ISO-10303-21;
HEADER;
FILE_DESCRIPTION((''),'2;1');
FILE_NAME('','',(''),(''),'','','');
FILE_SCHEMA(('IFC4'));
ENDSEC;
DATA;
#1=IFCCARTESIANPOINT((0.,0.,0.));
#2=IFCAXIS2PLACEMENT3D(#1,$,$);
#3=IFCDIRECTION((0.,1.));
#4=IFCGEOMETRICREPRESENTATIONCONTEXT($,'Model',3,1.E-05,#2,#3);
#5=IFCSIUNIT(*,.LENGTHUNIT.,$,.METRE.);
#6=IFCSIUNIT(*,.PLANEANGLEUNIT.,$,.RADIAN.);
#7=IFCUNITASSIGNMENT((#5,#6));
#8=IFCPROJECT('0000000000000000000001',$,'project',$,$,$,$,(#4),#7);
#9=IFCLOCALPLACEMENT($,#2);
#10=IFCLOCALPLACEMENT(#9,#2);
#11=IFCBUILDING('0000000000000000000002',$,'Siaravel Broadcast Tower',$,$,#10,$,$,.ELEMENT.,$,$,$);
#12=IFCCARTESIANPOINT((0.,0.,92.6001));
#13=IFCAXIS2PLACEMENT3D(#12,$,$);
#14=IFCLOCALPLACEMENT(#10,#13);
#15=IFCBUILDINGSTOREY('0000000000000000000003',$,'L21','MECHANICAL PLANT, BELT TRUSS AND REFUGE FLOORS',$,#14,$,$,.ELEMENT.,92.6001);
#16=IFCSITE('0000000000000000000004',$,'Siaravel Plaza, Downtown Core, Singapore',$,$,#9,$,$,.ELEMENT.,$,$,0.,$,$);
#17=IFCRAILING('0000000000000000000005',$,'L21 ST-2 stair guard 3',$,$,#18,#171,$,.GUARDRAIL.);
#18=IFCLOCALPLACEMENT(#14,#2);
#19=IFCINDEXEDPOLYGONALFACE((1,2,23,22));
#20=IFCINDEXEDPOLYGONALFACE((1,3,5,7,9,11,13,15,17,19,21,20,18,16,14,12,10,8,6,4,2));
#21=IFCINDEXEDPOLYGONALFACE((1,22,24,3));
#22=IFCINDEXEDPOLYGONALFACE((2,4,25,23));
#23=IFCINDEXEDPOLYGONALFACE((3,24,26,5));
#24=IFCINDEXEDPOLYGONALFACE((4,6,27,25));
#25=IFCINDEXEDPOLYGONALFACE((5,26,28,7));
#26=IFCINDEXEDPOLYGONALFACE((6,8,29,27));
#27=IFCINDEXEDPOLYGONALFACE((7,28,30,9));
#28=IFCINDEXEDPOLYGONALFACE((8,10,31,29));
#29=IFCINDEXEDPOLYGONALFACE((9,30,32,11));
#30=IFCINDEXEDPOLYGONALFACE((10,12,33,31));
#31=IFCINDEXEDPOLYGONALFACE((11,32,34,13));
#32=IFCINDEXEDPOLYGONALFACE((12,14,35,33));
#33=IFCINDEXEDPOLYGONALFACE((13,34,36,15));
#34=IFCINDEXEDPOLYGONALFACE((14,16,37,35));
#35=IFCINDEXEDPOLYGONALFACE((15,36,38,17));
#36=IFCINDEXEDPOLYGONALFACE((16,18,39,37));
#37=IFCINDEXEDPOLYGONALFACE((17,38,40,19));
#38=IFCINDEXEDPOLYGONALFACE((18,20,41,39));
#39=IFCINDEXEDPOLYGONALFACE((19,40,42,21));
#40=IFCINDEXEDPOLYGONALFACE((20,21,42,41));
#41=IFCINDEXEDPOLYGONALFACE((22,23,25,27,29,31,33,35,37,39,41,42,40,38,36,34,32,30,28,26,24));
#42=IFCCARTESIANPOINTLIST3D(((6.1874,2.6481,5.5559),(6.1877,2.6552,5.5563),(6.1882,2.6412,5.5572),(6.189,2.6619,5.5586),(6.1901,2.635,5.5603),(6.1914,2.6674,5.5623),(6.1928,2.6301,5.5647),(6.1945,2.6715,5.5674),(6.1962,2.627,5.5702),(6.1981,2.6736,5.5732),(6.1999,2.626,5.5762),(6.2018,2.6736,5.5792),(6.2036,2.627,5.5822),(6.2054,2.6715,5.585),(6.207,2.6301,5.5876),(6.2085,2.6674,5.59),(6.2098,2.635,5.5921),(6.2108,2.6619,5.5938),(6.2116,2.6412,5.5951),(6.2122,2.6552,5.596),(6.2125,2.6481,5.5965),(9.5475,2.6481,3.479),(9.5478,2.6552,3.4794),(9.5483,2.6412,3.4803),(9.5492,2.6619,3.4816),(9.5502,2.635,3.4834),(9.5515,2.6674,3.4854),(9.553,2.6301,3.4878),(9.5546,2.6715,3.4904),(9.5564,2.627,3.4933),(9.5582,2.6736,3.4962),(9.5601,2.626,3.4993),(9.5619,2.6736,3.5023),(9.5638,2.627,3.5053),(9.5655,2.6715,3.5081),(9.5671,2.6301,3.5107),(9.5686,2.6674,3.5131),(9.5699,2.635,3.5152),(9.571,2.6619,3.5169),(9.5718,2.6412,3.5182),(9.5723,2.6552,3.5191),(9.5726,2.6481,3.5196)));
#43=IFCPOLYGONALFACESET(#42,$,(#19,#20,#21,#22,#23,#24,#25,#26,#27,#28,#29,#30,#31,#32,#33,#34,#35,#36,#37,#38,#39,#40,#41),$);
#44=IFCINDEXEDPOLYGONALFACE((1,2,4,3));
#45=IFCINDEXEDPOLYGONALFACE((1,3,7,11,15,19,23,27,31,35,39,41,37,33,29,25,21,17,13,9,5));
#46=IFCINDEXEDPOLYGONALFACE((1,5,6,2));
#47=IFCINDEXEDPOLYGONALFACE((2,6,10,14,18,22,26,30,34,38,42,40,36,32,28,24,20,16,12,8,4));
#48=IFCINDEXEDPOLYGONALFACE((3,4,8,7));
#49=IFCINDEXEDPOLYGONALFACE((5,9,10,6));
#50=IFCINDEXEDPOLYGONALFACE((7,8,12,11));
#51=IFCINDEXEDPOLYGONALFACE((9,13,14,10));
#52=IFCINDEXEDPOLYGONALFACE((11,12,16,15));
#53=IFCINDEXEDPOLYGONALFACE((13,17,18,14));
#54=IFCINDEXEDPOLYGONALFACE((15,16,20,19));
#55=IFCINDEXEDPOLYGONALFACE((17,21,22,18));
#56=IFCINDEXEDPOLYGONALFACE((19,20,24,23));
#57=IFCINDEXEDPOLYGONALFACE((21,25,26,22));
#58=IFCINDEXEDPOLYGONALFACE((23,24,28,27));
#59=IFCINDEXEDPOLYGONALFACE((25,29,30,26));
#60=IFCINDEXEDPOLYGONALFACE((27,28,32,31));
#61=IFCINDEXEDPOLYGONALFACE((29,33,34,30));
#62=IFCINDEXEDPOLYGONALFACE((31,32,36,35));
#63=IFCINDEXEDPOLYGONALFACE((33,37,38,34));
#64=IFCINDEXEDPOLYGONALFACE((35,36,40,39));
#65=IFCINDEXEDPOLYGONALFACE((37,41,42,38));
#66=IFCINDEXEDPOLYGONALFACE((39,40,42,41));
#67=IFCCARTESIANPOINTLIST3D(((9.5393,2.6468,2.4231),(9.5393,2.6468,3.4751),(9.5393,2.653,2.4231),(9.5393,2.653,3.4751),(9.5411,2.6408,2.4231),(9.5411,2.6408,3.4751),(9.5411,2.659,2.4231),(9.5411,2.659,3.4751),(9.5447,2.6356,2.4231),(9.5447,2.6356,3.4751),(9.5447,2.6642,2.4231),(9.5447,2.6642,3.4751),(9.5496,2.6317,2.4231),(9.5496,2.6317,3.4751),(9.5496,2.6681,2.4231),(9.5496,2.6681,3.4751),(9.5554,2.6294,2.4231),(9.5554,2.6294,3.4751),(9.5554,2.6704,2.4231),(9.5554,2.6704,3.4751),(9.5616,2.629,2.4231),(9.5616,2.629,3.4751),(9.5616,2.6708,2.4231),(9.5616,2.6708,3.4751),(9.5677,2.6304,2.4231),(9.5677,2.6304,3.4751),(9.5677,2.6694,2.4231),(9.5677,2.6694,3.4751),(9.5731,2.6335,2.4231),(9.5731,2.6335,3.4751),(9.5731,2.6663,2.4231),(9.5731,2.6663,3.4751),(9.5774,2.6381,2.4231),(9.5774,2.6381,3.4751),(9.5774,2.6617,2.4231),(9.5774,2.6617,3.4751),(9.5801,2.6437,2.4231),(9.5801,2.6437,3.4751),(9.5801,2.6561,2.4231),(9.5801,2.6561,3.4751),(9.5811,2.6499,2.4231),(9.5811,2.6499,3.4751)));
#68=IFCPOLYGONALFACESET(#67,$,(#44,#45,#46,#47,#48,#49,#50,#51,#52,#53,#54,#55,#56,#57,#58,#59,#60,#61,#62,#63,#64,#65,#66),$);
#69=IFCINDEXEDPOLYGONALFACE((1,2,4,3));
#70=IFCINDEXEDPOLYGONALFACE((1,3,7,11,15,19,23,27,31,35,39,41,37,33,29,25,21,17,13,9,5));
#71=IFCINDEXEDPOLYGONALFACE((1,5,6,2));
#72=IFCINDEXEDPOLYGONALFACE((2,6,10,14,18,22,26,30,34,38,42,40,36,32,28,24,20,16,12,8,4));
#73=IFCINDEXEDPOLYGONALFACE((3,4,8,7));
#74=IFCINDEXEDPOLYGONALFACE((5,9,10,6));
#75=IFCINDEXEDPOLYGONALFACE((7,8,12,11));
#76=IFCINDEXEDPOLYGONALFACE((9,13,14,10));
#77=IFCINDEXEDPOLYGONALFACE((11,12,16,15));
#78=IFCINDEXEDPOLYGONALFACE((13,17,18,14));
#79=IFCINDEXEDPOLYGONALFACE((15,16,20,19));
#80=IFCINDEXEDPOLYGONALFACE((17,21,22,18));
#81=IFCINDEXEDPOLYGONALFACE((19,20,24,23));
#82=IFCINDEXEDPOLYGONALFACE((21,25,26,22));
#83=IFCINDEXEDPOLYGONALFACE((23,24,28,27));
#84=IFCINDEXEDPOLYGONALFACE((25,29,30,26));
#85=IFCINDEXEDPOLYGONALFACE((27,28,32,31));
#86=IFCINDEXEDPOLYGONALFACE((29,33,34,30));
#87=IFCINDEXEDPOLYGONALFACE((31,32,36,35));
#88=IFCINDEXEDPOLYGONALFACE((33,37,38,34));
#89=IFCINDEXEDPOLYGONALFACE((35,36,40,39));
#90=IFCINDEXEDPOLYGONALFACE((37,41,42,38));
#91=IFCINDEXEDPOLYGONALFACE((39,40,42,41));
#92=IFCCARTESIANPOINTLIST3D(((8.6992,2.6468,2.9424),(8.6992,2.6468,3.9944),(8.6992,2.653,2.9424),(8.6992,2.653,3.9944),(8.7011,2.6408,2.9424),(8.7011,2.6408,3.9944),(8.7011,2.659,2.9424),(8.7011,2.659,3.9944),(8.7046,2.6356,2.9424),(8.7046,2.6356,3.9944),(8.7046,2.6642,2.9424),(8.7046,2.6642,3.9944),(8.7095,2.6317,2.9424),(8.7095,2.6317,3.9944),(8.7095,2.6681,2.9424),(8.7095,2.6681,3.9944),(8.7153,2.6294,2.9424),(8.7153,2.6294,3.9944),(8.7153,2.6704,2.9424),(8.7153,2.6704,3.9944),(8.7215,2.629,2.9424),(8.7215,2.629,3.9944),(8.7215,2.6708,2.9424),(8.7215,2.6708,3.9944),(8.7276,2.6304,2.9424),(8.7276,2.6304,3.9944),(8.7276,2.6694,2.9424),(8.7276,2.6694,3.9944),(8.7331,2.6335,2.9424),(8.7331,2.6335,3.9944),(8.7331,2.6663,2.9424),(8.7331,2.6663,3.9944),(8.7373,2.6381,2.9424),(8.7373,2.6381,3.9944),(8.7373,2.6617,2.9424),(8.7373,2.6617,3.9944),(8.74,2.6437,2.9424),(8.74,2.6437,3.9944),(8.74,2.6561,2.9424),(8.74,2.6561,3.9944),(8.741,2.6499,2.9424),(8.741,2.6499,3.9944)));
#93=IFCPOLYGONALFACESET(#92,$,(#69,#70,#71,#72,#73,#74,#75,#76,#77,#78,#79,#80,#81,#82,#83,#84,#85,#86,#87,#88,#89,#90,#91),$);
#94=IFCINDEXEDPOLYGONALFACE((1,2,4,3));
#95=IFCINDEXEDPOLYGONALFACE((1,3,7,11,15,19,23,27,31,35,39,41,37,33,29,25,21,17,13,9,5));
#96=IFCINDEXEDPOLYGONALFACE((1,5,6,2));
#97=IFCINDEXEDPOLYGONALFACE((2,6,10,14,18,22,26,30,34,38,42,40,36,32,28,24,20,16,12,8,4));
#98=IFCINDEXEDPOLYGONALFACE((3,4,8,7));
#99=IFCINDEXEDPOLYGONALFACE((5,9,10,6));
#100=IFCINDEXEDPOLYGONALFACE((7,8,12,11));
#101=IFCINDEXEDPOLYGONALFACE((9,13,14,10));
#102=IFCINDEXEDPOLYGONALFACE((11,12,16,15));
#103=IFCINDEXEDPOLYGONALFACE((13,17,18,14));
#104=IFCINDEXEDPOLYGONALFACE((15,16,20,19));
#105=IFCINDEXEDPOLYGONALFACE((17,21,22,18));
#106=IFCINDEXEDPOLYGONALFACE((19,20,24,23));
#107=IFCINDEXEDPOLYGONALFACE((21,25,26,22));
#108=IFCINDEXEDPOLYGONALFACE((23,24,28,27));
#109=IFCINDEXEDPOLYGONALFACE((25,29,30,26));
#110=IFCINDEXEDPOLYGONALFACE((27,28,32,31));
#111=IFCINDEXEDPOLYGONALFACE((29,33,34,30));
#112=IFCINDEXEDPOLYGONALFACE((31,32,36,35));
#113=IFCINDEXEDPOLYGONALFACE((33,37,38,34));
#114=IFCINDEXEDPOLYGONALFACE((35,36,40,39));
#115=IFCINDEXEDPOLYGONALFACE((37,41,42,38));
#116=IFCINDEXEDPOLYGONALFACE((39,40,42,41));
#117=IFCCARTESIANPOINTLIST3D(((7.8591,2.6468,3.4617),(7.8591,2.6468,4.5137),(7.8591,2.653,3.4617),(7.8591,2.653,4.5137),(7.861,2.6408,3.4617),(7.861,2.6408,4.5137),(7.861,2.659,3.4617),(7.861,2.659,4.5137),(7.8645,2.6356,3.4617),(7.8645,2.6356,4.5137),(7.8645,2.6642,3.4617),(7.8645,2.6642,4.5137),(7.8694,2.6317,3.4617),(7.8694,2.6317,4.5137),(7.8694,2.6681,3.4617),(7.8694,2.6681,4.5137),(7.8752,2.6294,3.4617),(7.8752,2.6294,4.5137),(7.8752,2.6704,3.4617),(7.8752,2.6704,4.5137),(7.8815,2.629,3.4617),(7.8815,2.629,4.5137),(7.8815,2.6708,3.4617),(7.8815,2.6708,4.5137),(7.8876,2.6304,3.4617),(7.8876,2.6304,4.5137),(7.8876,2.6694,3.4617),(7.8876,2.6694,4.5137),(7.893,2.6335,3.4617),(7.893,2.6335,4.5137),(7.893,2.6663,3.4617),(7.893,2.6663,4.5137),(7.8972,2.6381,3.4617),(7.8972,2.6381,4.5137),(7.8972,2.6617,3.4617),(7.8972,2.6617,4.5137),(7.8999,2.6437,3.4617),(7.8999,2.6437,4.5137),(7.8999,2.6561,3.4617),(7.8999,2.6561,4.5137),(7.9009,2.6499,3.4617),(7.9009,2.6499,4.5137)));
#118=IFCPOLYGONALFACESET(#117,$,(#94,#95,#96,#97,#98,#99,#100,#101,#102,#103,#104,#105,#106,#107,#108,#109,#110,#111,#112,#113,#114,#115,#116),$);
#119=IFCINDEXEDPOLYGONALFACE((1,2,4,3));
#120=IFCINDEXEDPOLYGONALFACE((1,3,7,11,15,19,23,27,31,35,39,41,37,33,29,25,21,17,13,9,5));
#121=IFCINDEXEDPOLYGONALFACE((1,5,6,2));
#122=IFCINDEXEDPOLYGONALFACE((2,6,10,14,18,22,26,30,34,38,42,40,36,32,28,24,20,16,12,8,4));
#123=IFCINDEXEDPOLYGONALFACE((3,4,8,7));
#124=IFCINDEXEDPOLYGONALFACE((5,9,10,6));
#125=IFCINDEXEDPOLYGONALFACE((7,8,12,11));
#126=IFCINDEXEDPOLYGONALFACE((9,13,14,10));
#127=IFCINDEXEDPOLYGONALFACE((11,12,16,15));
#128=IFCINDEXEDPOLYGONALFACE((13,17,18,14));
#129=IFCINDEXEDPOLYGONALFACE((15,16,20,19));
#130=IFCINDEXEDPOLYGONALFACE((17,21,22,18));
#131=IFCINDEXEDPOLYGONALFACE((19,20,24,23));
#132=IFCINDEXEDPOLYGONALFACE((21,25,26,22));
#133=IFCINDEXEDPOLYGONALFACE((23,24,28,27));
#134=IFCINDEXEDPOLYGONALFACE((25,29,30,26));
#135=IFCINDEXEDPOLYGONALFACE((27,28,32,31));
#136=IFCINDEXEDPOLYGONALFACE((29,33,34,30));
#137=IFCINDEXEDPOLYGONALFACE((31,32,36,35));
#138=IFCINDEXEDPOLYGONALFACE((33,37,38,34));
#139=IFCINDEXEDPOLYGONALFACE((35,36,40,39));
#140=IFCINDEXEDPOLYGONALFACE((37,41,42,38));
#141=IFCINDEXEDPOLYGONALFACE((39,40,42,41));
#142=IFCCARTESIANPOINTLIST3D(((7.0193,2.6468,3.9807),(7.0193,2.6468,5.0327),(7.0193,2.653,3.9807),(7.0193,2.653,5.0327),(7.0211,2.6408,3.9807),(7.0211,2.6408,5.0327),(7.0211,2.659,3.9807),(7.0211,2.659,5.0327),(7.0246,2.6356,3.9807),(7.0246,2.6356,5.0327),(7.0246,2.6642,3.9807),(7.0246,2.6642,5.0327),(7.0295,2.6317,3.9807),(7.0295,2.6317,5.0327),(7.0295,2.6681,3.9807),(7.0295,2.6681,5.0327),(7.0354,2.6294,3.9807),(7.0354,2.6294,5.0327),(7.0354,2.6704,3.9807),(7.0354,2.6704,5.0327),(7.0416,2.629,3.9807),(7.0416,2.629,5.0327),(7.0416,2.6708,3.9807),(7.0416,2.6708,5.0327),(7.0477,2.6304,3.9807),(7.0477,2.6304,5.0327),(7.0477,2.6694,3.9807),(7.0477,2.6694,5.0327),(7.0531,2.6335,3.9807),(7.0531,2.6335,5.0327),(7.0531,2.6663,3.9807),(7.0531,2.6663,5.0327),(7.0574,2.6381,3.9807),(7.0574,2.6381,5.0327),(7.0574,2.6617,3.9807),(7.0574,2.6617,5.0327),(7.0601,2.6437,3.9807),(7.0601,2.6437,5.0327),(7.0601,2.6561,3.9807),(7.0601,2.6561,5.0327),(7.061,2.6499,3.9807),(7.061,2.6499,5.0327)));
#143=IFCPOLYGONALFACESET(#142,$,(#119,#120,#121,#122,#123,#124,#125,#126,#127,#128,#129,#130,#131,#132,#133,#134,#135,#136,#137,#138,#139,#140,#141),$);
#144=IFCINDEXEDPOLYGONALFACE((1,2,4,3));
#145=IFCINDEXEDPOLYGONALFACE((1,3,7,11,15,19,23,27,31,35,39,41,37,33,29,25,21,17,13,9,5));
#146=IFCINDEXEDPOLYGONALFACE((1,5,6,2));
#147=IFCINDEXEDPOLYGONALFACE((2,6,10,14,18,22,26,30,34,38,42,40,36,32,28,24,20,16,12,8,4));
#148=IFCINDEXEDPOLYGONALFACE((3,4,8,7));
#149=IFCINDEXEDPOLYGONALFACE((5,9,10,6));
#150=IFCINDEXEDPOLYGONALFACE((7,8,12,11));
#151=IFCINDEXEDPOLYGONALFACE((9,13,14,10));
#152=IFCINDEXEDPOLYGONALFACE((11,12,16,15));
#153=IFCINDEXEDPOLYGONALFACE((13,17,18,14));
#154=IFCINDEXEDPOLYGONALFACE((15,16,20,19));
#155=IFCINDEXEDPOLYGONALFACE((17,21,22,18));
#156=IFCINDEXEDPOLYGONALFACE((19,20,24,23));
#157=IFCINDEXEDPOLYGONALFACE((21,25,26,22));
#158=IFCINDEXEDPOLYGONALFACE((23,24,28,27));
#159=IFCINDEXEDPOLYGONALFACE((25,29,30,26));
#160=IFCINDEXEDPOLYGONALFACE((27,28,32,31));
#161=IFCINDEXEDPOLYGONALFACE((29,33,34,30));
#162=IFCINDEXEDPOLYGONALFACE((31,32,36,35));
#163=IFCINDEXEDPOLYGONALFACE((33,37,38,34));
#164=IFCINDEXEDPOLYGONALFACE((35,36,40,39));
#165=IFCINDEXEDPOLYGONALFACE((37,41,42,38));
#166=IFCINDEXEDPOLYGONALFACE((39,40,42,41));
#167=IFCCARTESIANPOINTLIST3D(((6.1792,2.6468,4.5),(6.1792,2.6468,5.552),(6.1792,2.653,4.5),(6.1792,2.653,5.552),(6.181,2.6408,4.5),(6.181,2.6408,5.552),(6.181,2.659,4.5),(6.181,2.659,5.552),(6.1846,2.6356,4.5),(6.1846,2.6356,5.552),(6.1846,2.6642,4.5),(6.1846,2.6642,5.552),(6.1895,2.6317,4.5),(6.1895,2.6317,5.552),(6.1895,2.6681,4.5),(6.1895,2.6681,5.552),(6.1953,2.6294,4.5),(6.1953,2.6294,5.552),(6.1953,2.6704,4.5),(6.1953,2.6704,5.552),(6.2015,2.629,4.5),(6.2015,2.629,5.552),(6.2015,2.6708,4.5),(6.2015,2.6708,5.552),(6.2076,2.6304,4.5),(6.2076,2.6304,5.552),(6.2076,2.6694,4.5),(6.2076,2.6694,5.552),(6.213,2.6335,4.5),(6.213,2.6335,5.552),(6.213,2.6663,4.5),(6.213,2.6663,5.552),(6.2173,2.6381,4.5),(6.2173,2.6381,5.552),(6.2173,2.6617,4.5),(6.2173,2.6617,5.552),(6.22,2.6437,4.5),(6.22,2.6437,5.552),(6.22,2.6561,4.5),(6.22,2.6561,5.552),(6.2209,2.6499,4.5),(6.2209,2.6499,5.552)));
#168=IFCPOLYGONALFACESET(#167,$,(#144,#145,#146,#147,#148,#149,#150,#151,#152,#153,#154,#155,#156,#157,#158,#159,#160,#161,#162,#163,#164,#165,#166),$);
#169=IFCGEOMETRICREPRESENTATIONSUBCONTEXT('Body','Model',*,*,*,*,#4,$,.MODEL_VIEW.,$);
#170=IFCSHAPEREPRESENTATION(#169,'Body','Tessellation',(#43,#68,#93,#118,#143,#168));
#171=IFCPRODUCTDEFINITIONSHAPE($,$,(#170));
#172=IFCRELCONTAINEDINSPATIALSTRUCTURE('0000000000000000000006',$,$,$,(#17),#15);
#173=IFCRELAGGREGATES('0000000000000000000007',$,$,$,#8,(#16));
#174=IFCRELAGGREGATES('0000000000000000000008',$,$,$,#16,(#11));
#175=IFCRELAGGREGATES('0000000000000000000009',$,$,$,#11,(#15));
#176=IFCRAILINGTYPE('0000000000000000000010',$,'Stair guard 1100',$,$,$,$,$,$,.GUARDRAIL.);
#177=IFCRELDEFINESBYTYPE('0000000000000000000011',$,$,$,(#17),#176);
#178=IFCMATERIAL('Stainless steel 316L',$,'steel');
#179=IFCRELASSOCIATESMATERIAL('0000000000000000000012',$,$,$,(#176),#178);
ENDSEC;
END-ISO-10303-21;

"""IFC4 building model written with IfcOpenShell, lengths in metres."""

from ifc_helpers import new_model, si_unit, direction, frame, origin, origin_2d, place, context, subcontext, project, spatial, circle, extrude, material, type_object, element, save


model = new_model("IFC4")

# Units and contexts
model_context = context("Model", 3, precision=1e-05, world=origin(), true_north=direction((0.0, 1.0)))
body_context = subcontext(model_context, "Body", "Model", "MODEL_VIEW")
ifc_project = project(units=[si_unit("LENGTHUNIT", "METRE"), si_unit("PLANEANGLEUNIT", "RADIAN")], contexts=[model_context])

# Site, building, storey
site_placement = place(None, origin())
site = spatial("IfcSite", under=ifc_project, at=site_placement, Name="Siaravel Plaza, Downtown Core, Singapore", CompositionType="ELEMENT", RefElevation=0.0)
building_placement = place(site_placement, origin())
building = spatial("IfcBuilding", under=site, at=building_placement, Name="Siaravel Broadcast Tower", CompositionType="ELEMENT")
storey_placement = place(building_placement, frame((0.0, 0.0, 92.6001)))
storey = spatial("IfcBuildingStorey", under=building, at=storey_placement, Name="L21", Description="MECHANICAL PLANT, BELT TRUSS AND REFUGE FLOORS", CompositionType="ELEMENT", Elevation=92.6001)

# Railing
ifc_material_1 = material(Name="Stainless steel 316L", Category="steel")
railing_type_1 = type_object("IfcRailingType", Name="Stair guard 1100", PredefinedType="GUARDRAIL", material=ifc_material_1)
railing_1_placement = place(storey_placement, frame((9.5601, 2.6499, 2.4231)))
element("IfcRailing", 1, at=railing_1_placement, inside=storey, type_object=railing_type_1, Name="L21 ST-2 stair guard 3", PredefinedType="GUARDRAIL", context=body_context, shape_type="SweptSolid", body=[
    extrude(circle(Radius=0.0239, at=origin_2d()), frame((0.0, 0.0, 1.0762), z_axis=(-0.850623, 0.0, 0.525776), x_axis=(0.0, -1.0, 0.0)), (0.0, 0.0, 1.0), 3.9502),
    extrude(circle(Radius=0.021, at=origin_2d()), origin(), (0.0, 0.0, 1.0), 1.052),
    extrude(circle(Radius=0.021, at=origin_2d()), frame((-0.8401, 0.0, 0.5193)), (0.0, 0.0, 1.0), 1.052),
    extrude(circle(Radius=0.021, at=origin_2d()), frame((-1.6802, 0.0, 1.0386)), (0.0, 0.0, 1.0), 1.052),
    extrude(circle(Radius=0.021, at=origin_2d()), frame((-2.52, 0.0, 1.5576)), (0.0, 0.0, 1.0), 1.052),
    extrude(circle(Radius=0.021, at=origin_2d()), frame((-3.3601, 0.0, 2.0769)), (0.0, 0.0, 1.0), 1.052),
])

save(model, "model.ifc")
